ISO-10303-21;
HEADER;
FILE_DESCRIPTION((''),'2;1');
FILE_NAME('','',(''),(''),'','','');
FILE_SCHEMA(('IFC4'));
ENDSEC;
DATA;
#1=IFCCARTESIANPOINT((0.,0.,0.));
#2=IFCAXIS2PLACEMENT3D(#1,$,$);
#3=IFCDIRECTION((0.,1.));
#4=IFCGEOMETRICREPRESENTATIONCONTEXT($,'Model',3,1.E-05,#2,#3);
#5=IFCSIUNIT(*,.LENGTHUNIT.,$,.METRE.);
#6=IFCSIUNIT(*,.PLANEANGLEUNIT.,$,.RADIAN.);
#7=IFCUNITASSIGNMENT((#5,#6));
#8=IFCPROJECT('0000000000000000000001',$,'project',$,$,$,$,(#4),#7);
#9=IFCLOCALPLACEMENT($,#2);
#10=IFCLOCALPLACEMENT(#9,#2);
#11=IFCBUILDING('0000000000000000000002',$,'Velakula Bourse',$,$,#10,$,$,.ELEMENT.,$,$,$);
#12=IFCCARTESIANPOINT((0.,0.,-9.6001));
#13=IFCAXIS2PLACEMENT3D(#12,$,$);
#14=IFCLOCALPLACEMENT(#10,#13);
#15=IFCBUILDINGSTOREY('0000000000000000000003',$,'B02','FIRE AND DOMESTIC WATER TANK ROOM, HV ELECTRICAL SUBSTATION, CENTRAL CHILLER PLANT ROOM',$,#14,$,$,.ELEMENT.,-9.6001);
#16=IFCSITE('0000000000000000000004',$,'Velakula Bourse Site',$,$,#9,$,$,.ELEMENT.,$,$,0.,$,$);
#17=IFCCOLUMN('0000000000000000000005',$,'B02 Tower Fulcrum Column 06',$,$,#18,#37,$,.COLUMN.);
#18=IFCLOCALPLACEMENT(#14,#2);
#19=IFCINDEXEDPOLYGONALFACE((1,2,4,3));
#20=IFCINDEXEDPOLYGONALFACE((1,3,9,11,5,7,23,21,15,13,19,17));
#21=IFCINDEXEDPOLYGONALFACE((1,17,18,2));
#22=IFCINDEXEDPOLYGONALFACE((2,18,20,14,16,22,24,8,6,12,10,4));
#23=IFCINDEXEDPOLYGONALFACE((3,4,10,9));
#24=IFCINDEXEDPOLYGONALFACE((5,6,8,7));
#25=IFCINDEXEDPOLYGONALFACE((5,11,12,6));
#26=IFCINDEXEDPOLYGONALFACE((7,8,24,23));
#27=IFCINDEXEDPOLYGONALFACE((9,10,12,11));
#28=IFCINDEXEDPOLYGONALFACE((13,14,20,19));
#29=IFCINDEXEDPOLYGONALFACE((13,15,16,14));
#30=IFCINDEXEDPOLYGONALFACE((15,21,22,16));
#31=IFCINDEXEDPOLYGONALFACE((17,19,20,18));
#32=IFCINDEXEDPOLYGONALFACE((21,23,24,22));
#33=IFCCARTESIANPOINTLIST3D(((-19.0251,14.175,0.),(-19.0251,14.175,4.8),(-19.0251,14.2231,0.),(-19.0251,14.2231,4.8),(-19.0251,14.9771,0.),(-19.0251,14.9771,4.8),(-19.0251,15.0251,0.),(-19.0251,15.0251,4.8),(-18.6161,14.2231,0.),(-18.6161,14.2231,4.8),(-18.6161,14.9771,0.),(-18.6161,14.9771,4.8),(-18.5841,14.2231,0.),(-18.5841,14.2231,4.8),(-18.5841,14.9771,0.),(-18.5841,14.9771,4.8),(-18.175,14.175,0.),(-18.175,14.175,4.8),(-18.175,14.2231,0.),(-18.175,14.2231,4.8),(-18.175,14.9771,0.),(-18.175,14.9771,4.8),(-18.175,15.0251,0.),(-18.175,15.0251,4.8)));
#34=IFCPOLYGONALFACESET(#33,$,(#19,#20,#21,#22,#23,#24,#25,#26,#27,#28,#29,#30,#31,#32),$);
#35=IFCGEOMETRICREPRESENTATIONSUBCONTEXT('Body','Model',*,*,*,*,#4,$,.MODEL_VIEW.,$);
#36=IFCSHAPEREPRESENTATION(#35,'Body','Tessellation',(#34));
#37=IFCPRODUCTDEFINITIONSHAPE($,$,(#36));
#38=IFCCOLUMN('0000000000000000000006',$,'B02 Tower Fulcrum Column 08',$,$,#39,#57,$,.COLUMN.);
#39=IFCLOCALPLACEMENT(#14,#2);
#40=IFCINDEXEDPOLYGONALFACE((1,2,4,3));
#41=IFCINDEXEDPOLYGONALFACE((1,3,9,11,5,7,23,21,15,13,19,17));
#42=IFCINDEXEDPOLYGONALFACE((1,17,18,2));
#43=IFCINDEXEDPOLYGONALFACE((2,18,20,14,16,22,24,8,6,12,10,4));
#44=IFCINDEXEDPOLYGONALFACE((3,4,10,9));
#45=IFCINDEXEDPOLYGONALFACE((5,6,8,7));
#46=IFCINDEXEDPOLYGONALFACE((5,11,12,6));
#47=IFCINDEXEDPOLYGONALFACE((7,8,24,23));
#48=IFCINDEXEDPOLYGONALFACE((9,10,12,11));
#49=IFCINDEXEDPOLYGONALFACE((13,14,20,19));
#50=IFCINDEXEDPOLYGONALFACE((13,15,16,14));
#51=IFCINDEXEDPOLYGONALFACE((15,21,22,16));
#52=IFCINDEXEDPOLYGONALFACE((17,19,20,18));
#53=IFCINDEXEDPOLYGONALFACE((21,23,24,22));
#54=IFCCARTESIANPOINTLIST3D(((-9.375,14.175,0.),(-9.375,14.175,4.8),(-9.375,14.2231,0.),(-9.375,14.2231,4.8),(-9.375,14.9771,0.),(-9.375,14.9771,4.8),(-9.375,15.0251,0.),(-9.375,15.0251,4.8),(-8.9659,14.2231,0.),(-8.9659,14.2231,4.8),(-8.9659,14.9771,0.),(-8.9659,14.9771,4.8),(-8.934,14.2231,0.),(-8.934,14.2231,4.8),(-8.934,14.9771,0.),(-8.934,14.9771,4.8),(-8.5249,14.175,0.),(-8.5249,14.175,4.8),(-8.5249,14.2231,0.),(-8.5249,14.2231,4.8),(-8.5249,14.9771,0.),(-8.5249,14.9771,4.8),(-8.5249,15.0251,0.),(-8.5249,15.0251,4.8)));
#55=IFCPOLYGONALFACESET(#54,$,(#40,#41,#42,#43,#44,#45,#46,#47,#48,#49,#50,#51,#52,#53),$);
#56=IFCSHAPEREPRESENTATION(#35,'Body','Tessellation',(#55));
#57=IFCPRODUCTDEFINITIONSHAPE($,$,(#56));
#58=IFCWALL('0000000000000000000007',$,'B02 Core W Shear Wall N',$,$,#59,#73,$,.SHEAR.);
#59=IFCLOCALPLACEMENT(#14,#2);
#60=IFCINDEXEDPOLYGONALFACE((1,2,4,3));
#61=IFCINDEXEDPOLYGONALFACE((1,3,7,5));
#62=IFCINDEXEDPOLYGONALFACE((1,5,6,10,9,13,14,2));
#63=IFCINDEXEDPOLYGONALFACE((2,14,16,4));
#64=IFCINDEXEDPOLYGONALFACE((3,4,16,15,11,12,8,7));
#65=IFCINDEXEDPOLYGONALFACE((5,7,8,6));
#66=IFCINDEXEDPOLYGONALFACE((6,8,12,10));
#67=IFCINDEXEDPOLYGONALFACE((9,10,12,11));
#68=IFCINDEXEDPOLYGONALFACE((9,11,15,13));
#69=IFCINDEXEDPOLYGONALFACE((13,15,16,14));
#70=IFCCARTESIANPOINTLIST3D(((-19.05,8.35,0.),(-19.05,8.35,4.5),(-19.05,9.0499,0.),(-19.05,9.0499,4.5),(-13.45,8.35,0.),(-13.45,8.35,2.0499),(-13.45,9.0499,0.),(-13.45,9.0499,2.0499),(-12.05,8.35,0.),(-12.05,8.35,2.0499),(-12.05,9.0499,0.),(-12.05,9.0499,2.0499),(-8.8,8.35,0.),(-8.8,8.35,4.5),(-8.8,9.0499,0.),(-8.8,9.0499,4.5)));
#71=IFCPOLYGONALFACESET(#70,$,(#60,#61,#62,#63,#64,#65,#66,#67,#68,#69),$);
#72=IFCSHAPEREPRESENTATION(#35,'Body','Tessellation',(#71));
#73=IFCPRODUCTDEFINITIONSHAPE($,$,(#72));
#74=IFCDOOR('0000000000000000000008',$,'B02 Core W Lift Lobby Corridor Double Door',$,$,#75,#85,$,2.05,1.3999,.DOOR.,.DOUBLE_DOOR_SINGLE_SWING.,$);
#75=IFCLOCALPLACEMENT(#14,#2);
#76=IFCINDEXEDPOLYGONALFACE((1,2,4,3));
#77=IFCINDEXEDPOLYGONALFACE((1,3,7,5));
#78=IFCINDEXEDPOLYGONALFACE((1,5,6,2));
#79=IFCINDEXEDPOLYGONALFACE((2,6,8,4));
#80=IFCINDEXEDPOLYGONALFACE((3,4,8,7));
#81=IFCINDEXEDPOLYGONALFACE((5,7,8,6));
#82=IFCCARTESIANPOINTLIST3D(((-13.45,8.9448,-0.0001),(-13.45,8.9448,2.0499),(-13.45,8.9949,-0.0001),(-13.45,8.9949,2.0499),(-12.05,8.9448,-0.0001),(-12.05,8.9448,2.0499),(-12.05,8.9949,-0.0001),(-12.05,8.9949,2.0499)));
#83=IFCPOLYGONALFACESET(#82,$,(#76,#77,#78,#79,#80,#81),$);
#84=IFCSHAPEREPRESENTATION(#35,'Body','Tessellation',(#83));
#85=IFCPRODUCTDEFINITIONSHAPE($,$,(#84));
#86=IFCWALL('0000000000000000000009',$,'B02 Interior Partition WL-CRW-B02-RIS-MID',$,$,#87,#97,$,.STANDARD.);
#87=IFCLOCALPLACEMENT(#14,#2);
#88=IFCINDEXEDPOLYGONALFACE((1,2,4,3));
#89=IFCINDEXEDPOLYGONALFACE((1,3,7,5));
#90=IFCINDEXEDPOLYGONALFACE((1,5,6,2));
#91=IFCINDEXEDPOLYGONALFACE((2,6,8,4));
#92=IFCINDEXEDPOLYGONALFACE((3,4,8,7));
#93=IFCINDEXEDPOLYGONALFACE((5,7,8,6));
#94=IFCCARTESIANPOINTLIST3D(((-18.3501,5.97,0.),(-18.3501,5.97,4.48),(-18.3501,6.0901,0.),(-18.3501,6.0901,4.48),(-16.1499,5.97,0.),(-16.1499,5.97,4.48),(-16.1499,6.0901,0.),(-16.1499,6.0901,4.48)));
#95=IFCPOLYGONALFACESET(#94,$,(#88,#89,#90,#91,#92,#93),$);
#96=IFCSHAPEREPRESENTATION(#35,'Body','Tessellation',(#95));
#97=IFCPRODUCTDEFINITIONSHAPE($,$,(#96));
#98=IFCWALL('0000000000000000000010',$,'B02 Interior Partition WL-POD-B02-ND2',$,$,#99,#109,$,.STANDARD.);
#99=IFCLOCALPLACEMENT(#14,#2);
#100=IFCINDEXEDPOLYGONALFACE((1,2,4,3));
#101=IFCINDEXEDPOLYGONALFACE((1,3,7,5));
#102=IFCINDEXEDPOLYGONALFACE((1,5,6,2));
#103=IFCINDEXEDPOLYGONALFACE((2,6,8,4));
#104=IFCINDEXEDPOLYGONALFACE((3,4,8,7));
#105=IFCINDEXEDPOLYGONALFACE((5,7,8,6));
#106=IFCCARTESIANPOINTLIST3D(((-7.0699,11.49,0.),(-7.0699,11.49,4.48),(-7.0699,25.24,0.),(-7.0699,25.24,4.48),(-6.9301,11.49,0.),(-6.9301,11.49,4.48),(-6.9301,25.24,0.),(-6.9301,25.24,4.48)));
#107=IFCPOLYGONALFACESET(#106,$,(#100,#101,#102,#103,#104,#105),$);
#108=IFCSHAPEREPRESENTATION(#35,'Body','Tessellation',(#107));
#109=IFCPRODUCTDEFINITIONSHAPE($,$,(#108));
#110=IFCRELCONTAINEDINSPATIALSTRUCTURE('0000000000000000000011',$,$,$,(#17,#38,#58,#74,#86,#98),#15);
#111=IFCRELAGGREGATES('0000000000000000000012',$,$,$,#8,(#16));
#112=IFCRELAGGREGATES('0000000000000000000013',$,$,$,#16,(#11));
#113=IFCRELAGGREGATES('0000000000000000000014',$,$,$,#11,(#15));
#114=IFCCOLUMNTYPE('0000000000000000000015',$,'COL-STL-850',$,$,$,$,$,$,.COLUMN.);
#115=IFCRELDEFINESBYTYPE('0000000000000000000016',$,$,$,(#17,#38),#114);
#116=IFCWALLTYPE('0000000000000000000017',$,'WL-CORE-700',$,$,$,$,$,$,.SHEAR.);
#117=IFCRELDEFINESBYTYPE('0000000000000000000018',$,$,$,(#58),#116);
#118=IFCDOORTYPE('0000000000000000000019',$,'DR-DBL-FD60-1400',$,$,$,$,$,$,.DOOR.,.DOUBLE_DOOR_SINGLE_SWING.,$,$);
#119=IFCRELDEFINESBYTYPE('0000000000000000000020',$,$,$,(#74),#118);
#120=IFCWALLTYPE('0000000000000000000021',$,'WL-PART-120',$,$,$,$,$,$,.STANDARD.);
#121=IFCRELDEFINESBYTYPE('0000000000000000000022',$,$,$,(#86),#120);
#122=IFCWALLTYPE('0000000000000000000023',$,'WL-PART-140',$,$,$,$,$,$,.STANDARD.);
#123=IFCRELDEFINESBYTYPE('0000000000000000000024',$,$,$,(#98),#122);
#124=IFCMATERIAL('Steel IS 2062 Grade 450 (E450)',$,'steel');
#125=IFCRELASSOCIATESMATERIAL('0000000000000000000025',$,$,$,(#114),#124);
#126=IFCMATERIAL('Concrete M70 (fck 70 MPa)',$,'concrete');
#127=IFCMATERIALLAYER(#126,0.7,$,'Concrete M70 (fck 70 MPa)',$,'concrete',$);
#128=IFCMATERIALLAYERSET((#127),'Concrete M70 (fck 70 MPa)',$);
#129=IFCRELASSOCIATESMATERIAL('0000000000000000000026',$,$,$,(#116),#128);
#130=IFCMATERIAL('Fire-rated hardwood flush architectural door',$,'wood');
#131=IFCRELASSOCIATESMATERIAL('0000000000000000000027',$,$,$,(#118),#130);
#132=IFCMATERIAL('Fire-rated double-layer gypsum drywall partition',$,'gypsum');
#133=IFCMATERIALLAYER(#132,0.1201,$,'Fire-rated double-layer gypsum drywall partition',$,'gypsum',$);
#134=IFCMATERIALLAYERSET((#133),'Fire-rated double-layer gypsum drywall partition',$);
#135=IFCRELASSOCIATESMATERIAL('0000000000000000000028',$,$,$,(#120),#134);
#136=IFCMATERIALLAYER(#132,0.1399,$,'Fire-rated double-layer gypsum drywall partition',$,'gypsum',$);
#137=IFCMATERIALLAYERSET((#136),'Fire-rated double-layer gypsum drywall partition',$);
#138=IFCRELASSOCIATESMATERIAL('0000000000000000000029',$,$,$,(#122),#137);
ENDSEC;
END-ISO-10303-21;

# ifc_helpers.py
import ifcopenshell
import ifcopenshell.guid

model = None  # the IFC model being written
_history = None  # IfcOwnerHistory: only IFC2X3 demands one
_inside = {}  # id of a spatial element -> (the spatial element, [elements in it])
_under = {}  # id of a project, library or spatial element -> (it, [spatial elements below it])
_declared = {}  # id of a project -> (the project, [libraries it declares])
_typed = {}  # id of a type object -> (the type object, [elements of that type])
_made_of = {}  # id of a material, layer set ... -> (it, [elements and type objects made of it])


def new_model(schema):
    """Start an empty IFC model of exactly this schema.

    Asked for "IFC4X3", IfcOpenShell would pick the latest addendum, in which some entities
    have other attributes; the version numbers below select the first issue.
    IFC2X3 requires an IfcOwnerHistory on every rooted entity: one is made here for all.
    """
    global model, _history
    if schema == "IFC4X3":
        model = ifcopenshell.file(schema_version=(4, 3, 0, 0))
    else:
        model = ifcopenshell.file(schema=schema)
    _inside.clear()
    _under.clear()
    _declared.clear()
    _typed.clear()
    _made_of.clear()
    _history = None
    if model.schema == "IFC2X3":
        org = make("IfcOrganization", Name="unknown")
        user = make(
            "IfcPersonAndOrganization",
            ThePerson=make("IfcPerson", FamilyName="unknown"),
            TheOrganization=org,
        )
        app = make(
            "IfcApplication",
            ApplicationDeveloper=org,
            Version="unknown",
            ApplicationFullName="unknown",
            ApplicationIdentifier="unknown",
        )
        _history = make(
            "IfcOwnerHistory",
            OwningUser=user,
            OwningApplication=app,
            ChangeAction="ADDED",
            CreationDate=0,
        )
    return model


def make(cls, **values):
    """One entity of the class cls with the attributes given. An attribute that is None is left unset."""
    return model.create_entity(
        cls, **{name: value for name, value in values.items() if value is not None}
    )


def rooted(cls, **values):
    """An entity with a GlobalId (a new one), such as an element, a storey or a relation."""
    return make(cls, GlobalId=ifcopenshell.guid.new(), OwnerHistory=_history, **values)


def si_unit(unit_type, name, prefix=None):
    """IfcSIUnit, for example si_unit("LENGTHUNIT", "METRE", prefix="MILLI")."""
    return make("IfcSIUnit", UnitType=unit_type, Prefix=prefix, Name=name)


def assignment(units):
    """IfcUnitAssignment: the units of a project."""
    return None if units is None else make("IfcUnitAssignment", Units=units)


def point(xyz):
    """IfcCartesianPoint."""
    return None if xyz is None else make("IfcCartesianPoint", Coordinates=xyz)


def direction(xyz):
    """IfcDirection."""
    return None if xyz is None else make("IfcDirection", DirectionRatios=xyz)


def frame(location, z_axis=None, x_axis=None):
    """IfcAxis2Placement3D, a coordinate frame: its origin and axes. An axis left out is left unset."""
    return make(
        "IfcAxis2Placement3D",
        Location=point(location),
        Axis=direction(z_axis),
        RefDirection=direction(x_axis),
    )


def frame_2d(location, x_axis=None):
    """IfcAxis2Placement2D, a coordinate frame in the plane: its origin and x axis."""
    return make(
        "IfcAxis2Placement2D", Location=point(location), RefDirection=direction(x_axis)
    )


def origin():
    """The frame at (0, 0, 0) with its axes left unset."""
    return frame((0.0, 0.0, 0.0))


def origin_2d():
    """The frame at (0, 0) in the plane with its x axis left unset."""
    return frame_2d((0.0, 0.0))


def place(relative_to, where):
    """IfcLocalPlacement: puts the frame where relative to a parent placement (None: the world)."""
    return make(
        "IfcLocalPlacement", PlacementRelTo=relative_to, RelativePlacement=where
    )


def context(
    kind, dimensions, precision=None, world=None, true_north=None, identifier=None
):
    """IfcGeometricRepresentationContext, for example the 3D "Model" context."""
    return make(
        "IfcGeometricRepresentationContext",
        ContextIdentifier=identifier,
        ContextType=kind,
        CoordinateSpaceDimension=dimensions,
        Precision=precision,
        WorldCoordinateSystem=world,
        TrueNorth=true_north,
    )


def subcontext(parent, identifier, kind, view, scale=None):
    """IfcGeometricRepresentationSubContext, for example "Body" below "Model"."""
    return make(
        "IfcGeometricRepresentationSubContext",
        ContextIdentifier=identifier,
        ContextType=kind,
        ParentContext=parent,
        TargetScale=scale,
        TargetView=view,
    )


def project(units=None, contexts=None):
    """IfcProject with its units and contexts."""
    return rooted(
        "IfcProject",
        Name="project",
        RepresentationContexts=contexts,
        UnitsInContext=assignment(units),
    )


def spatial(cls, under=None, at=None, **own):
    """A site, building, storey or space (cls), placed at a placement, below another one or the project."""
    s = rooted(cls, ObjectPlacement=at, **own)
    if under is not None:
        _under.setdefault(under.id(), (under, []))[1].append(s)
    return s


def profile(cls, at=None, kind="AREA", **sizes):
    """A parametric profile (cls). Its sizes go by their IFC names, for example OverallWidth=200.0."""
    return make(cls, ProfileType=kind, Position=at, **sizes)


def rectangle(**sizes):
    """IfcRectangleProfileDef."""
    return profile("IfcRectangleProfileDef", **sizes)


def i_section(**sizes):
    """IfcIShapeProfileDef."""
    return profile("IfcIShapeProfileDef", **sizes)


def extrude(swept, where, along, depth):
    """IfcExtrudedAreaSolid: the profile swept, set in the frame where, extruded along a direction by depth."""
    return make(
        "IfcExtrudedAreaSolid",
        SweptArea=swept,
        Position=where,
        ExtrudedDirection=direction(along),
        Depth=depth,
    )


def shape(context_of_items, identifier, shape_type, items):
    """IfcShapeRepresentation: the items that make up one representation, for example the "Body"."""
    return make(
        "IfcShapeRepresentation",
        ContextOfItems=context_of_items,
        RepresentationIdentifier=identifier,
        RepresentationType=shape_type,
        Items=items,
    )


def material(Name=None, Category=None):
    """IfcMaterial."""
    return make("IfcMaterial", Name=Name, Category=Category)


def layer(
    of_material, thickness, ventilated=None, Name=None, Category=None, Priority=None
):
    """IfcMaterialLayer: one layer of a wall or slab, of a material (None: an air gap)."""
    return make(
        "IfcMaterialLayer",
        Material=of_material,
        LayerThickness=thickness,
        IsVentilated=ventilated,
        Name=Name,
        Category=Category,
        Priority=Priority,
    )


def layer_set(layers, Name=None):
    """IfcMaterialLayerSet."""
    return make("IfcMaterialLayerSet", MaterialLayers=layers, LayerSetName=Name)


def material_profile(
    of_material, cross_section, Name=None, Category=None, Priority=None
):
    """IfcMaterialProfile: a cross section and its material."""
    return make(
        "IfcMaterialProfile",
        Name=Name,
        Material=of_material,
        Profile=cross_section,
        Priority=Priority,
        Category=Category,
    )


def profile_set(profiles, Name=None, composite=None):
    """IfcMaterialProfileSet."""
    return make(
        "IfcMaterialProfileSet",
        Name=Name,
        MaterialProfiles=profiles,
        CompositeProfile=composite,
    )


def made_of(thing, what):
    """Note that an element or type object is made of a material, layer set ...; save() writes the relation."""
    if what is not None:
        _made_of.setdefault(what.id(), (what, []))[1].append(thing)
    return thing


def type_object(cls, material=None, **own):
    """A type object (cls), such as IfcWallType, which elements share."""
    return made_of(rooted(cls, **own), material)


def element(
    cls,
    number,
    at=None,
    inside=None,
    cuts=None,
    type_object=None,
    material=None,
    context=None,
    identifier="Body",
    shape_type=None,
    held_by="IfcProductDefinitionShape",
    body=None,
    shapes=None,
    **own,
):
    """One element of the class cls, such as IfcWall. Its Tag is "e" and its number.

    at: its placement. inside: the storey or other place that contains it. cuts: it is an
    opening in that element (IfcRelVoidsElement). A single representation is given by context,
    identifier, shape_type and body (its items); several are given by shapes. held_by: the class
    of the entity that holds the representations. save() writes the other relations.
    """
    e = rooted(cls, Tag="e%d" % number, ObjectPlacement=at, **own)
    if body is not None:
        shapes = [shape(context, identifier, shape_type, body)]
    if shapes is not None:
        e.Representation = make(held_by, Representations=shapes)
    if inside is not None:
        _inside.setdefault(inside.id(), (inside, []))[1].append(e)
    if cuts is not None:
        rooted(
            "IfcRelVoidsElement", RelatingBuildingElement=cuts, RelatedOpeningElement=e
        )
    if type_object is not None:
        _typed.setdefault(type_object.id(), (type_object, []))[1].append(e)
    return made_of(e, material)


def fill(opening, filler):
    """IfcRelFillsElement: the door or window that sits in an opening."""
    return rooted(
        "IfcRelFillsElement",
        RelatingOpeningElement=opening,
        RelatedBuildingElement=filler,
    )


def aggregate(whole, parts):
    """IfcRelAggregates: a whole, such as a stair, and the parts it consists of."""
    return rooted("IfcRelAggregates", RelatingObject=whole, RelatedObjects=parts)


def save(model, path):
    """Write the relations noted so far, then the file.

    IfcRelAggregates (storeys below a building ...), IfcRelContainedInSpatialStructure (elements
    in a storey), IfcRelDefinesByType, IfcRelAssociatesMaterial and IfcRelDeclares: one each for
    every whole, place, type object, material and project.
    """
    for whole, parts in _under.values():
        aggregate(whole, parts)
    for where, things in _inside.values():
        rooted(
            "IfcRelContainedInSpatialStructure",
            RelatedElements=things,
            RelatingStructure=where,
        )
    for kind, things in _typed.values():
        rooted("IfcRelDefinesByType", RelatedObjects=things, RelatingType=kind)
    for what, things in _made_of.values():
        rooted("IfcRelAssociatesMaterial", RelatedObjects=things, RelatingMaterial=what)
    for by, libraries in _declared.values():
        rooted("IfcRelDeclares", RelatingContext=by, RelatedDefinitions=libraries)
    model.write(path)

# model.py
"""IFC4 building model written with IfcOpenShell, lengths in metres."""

from ifc_helpers import new_model, si_unit, direction, frame, frame_2d, origin, origin_2d, place, context, subcontext, project, spatial, rectangle, i_section, extrude, material, layer, layer_set, material_profile, profile_set, type_object, element, fill, save


model = new_model("IFC4")

# Units and contexts
model_context = context("Model", 3, precision=1e-05, world=origin(), true_north=direction((0.0, 1.0)))
body_context = subcontext(model_context, "Body", "Model", "MODEL_VIEW")
ifc_project = project(units=[si_unit("LENGTHUNIT", "METRE"), si_unit("PLANEANGLEUNIT", "RADIAN")], contexts=[model_context])

# Site, building, storey
site_placement = place(None, origin())
site = spatial("IfcSite", under=ifc_project, at=site_placement, Name="Velakula Bourse Site", CompositionType="ELEMENT", RefElevation=0.0)
building_placement = place(site_placement, origin())
building = spatial("IfcBuilding", under=site, at=building_placement, Name="Velakula Bourse", CompositionType="ELEMENT")
storey_placement = place(building_placement, frame((0.0, 0.0, -9.6001)))
storey = spatial("IfcBuildingStorey", under=building, at=storey_placement, Name="B02", Description="FIRE AND DOMESTIC WATER TANK ROOM, HV ELECTRICAL SUBSTATION, CENTRAL CHILLER PLANT ROOM", CompositionType="ELEMENT", Elevation=-9.6001)

# Shared definitions
ifc_material_1 = material(Name="Concrete M70 (fck 70 MPa)", Category="concrete")

# Columns
ifc_material_2 = material(Name="Steel IS 2062 Grade 450 (E450)", Category="steel")
ifc_material_profile_1 = material_profile(ifc_material_2, i_section(OverallWidth=0.8501, OverallDepth=0.8501, WebThickness=0.032, FlangeThickness=0.0481, at=origin_2d()), Name="Steel IS 2062 Grade 450 (E450)")
ifc_profile_set_1 = profile_set([ifc_material_profile_1], Name="Steel IS 2062 Grade 450 (E450)")
column_type_1 = type_object("IfcColumnType", Name="COL-STL-850", PredefinedType="COLUMN", material=ifc_profile_set_1)
for number, where, z_axis, x_axis, name in (
    (1, (-18.6001, 14.6001, 0.0), (0.0, 0.0, 1.0), (1.0, 0.0, 0.0), "B02 Tower Fulcrum Column 06"),
    (2, (-8.95, 14.6001, 0.0), (0.0, 0.0, 1.0), (1.0, 0.0, 0.0), "B02 Tower Fulcrum Column 08"),
):
    element("IfcColumn", number, at=place(storey_placement, frame(where, z_axis=z_axis, x_axis=x_axis)), inside=storey, type_object=column_type_1, Name=name, PredefinedType="COLUMN", context=body_context, shape_type="SweptSolid", body=[
        extrude(i_section(OverallWidth=0.8501, OverallDepth=0.8501, WebThickness=0.032, FlangeThickness=0.0481, at=origin_2d()), origin(), (0.0, 0.0, 1.0), 4.8),
    ])

# Wall, opening, door
ifc_layer_1 = layer(ifc_material_1, 0.7, Name="Concrete M70 (fck 70 MPa)", Category="concrete")
ifc_layer_set_1 = layer_set([ifc_layer_1], Name="Concrete M70 (fck 70 MPa)")
wall_type_1 = type_object("IfcWallType", Name="WL-CORE-700", PredefinedType="SHEAR", material=ifc_layer_set_1)
wall_1_placement = place(storey_placement, frame((-19.05, 8.7, 0.0), z_axis=(0.0, 0.0, 1.0), x_axis=(1.0, 0.0, 0.0)))
wall_1 = element("IfcWall", 3, at=wall_1_placement, inside=storey, type_object=wall_type_1, Name="B02 Core W Shear Wall N", PredefinedType="SHEAR", context=body_context, shape_type="SweptSolid", body=[
    extrude(rectangle(XDim=10.25, YDim=0.7, at=frame_2d((5.125, 0.0))), origin(), (0.0, 0.0, 1.0), 4.5),
])
opening_placement = place(wall_1_placement, frame((5.6001, 0.0, 0.0)))
opening = element("IfcOpeningElement", 4, at=opening_placement, cuts=wall_1, PredefinedType="OPENING", context=body_context, shape_type="SweptSolid", body=[
    extrude(rectangle(XDim=1.3999, YDim=2.05, at=frame_2d((0.7, 1.0249))), frame((0.0, 0.3599, 0.0), z_axis=(0.0, -1.0, 0.0), x_axis=(1.0, 0.0, 0.0)), (0.0, 0.0, 1.0), 0.72),
])
ifc_material_3 = material(Name="Fire-rated hardwood flush architectural door", Category="wood")
door_type = type_object("IfcDoorType", Name="DR-DBL-FD60-1400", OperationType="DOUBLE_DOOR_SINGLE_SWING", PredefinedType="DOOR", material=ifc_material_3)
door_placement = place(opening_placement, origin())
door = element("IfcDoor", 5, at=door_placement, inside=storey, type_object=door_type, Name="B02 Core W Lift Lobby Corridor Double Door", OperationType="DOUBLE_DOOR_SINGLE_SWING", OverallHeight=2.05, OverallWidth=1.3999, PredefinedType="DOOR", context=body_context, shape_type="SweptSolid", body=[
    extrude(rectangle(XDim=1.3999, YDim=2.05, at=frame_2d((0.7, 1.0249))), frame((0.0, 0.2949, 0.0), z_axis=(0.0, -1.0, 0.0), x_axis=(1.0, 0.0, 0.0)), (0.0, 0.0, 1.0), 0.05),
])
fill(opening, door)

# Walls
ifc_material_4 = material(Name="Fire-rated double-layer gypsum drywall partition", Category="gypsum")
ifc_layer_2 = layer(ifc_material_4, 0.1201, Name="Fire-rated double-layer gypsum drywall partition", Category="gypsum")
ifc_layer_set_2 = layer_set([ifc_layer_2], Name="Fire-rated double-layer gypsum drywall partition")
wall_type_2 = type_object("IfcWallType", Name="WL-PART-120", PredefinedType="STANDARD", material=ifc_layer_set_2)
wall_2_placement = place(storey_placement, frame((-18.3501, 6.03, 0.0), z_axis=(0.0, 0.0, 1.0), x_axis=(1.0, 0.0, 0.0)))
element("IfcWall", 6, at=wall_2_placement, inside=storey, type_object=wall_type_2, Name="B02 Interior Partition WL-CRW-B02-RIS-MID", PredefinedType="STANDARD", context=body_context, shape_type="SweptSolid", body=[
    extrude(rectangle(XDim=2.2002, YDim=0.1201, at=frame_2d((1.1001, 0.0))), origin(), (0.0, 0.0, 1.0), 4.48),
])
ifc_layer_3 = layer(ifc_material_4, 0.1399, Name="Fire-rated double-layer gypsum drywall partition", Category="gypsum")
ifc_layer_set_3 = layer_set([ifc_layer_3], Name="Fire-rated double-layer gypsum drywall partition")
wall_type_3 = type_object("IfcWallType", Name="WL-PART-140", PredefinedType="STANDARD", material=ifc_layer_set_3)
wall_3_placement = place(storey_placement, frame((-7.0, 11.49, 0.0), z_axis=(0.0, 0.0, 1.0), x_axis=(0.0, 1.0, 0.0)))
element("IfcWall", 7, at=wall_3_placement, inside=storey, type_object=wall_type_3, Name="B02 Interior Partition WL-POD-B02-ND2", PredefinedType="STANDARD", context=body_context, shape_type="SweptSolid", body=[
    extrude(rectangle(XDim=13.75, YDim=0.1399, at=frame_2d((6.875, 0.0))), origin(), (0.0, 0.0, 1.0), 4.48),
])

save(model, "model.ifc")
